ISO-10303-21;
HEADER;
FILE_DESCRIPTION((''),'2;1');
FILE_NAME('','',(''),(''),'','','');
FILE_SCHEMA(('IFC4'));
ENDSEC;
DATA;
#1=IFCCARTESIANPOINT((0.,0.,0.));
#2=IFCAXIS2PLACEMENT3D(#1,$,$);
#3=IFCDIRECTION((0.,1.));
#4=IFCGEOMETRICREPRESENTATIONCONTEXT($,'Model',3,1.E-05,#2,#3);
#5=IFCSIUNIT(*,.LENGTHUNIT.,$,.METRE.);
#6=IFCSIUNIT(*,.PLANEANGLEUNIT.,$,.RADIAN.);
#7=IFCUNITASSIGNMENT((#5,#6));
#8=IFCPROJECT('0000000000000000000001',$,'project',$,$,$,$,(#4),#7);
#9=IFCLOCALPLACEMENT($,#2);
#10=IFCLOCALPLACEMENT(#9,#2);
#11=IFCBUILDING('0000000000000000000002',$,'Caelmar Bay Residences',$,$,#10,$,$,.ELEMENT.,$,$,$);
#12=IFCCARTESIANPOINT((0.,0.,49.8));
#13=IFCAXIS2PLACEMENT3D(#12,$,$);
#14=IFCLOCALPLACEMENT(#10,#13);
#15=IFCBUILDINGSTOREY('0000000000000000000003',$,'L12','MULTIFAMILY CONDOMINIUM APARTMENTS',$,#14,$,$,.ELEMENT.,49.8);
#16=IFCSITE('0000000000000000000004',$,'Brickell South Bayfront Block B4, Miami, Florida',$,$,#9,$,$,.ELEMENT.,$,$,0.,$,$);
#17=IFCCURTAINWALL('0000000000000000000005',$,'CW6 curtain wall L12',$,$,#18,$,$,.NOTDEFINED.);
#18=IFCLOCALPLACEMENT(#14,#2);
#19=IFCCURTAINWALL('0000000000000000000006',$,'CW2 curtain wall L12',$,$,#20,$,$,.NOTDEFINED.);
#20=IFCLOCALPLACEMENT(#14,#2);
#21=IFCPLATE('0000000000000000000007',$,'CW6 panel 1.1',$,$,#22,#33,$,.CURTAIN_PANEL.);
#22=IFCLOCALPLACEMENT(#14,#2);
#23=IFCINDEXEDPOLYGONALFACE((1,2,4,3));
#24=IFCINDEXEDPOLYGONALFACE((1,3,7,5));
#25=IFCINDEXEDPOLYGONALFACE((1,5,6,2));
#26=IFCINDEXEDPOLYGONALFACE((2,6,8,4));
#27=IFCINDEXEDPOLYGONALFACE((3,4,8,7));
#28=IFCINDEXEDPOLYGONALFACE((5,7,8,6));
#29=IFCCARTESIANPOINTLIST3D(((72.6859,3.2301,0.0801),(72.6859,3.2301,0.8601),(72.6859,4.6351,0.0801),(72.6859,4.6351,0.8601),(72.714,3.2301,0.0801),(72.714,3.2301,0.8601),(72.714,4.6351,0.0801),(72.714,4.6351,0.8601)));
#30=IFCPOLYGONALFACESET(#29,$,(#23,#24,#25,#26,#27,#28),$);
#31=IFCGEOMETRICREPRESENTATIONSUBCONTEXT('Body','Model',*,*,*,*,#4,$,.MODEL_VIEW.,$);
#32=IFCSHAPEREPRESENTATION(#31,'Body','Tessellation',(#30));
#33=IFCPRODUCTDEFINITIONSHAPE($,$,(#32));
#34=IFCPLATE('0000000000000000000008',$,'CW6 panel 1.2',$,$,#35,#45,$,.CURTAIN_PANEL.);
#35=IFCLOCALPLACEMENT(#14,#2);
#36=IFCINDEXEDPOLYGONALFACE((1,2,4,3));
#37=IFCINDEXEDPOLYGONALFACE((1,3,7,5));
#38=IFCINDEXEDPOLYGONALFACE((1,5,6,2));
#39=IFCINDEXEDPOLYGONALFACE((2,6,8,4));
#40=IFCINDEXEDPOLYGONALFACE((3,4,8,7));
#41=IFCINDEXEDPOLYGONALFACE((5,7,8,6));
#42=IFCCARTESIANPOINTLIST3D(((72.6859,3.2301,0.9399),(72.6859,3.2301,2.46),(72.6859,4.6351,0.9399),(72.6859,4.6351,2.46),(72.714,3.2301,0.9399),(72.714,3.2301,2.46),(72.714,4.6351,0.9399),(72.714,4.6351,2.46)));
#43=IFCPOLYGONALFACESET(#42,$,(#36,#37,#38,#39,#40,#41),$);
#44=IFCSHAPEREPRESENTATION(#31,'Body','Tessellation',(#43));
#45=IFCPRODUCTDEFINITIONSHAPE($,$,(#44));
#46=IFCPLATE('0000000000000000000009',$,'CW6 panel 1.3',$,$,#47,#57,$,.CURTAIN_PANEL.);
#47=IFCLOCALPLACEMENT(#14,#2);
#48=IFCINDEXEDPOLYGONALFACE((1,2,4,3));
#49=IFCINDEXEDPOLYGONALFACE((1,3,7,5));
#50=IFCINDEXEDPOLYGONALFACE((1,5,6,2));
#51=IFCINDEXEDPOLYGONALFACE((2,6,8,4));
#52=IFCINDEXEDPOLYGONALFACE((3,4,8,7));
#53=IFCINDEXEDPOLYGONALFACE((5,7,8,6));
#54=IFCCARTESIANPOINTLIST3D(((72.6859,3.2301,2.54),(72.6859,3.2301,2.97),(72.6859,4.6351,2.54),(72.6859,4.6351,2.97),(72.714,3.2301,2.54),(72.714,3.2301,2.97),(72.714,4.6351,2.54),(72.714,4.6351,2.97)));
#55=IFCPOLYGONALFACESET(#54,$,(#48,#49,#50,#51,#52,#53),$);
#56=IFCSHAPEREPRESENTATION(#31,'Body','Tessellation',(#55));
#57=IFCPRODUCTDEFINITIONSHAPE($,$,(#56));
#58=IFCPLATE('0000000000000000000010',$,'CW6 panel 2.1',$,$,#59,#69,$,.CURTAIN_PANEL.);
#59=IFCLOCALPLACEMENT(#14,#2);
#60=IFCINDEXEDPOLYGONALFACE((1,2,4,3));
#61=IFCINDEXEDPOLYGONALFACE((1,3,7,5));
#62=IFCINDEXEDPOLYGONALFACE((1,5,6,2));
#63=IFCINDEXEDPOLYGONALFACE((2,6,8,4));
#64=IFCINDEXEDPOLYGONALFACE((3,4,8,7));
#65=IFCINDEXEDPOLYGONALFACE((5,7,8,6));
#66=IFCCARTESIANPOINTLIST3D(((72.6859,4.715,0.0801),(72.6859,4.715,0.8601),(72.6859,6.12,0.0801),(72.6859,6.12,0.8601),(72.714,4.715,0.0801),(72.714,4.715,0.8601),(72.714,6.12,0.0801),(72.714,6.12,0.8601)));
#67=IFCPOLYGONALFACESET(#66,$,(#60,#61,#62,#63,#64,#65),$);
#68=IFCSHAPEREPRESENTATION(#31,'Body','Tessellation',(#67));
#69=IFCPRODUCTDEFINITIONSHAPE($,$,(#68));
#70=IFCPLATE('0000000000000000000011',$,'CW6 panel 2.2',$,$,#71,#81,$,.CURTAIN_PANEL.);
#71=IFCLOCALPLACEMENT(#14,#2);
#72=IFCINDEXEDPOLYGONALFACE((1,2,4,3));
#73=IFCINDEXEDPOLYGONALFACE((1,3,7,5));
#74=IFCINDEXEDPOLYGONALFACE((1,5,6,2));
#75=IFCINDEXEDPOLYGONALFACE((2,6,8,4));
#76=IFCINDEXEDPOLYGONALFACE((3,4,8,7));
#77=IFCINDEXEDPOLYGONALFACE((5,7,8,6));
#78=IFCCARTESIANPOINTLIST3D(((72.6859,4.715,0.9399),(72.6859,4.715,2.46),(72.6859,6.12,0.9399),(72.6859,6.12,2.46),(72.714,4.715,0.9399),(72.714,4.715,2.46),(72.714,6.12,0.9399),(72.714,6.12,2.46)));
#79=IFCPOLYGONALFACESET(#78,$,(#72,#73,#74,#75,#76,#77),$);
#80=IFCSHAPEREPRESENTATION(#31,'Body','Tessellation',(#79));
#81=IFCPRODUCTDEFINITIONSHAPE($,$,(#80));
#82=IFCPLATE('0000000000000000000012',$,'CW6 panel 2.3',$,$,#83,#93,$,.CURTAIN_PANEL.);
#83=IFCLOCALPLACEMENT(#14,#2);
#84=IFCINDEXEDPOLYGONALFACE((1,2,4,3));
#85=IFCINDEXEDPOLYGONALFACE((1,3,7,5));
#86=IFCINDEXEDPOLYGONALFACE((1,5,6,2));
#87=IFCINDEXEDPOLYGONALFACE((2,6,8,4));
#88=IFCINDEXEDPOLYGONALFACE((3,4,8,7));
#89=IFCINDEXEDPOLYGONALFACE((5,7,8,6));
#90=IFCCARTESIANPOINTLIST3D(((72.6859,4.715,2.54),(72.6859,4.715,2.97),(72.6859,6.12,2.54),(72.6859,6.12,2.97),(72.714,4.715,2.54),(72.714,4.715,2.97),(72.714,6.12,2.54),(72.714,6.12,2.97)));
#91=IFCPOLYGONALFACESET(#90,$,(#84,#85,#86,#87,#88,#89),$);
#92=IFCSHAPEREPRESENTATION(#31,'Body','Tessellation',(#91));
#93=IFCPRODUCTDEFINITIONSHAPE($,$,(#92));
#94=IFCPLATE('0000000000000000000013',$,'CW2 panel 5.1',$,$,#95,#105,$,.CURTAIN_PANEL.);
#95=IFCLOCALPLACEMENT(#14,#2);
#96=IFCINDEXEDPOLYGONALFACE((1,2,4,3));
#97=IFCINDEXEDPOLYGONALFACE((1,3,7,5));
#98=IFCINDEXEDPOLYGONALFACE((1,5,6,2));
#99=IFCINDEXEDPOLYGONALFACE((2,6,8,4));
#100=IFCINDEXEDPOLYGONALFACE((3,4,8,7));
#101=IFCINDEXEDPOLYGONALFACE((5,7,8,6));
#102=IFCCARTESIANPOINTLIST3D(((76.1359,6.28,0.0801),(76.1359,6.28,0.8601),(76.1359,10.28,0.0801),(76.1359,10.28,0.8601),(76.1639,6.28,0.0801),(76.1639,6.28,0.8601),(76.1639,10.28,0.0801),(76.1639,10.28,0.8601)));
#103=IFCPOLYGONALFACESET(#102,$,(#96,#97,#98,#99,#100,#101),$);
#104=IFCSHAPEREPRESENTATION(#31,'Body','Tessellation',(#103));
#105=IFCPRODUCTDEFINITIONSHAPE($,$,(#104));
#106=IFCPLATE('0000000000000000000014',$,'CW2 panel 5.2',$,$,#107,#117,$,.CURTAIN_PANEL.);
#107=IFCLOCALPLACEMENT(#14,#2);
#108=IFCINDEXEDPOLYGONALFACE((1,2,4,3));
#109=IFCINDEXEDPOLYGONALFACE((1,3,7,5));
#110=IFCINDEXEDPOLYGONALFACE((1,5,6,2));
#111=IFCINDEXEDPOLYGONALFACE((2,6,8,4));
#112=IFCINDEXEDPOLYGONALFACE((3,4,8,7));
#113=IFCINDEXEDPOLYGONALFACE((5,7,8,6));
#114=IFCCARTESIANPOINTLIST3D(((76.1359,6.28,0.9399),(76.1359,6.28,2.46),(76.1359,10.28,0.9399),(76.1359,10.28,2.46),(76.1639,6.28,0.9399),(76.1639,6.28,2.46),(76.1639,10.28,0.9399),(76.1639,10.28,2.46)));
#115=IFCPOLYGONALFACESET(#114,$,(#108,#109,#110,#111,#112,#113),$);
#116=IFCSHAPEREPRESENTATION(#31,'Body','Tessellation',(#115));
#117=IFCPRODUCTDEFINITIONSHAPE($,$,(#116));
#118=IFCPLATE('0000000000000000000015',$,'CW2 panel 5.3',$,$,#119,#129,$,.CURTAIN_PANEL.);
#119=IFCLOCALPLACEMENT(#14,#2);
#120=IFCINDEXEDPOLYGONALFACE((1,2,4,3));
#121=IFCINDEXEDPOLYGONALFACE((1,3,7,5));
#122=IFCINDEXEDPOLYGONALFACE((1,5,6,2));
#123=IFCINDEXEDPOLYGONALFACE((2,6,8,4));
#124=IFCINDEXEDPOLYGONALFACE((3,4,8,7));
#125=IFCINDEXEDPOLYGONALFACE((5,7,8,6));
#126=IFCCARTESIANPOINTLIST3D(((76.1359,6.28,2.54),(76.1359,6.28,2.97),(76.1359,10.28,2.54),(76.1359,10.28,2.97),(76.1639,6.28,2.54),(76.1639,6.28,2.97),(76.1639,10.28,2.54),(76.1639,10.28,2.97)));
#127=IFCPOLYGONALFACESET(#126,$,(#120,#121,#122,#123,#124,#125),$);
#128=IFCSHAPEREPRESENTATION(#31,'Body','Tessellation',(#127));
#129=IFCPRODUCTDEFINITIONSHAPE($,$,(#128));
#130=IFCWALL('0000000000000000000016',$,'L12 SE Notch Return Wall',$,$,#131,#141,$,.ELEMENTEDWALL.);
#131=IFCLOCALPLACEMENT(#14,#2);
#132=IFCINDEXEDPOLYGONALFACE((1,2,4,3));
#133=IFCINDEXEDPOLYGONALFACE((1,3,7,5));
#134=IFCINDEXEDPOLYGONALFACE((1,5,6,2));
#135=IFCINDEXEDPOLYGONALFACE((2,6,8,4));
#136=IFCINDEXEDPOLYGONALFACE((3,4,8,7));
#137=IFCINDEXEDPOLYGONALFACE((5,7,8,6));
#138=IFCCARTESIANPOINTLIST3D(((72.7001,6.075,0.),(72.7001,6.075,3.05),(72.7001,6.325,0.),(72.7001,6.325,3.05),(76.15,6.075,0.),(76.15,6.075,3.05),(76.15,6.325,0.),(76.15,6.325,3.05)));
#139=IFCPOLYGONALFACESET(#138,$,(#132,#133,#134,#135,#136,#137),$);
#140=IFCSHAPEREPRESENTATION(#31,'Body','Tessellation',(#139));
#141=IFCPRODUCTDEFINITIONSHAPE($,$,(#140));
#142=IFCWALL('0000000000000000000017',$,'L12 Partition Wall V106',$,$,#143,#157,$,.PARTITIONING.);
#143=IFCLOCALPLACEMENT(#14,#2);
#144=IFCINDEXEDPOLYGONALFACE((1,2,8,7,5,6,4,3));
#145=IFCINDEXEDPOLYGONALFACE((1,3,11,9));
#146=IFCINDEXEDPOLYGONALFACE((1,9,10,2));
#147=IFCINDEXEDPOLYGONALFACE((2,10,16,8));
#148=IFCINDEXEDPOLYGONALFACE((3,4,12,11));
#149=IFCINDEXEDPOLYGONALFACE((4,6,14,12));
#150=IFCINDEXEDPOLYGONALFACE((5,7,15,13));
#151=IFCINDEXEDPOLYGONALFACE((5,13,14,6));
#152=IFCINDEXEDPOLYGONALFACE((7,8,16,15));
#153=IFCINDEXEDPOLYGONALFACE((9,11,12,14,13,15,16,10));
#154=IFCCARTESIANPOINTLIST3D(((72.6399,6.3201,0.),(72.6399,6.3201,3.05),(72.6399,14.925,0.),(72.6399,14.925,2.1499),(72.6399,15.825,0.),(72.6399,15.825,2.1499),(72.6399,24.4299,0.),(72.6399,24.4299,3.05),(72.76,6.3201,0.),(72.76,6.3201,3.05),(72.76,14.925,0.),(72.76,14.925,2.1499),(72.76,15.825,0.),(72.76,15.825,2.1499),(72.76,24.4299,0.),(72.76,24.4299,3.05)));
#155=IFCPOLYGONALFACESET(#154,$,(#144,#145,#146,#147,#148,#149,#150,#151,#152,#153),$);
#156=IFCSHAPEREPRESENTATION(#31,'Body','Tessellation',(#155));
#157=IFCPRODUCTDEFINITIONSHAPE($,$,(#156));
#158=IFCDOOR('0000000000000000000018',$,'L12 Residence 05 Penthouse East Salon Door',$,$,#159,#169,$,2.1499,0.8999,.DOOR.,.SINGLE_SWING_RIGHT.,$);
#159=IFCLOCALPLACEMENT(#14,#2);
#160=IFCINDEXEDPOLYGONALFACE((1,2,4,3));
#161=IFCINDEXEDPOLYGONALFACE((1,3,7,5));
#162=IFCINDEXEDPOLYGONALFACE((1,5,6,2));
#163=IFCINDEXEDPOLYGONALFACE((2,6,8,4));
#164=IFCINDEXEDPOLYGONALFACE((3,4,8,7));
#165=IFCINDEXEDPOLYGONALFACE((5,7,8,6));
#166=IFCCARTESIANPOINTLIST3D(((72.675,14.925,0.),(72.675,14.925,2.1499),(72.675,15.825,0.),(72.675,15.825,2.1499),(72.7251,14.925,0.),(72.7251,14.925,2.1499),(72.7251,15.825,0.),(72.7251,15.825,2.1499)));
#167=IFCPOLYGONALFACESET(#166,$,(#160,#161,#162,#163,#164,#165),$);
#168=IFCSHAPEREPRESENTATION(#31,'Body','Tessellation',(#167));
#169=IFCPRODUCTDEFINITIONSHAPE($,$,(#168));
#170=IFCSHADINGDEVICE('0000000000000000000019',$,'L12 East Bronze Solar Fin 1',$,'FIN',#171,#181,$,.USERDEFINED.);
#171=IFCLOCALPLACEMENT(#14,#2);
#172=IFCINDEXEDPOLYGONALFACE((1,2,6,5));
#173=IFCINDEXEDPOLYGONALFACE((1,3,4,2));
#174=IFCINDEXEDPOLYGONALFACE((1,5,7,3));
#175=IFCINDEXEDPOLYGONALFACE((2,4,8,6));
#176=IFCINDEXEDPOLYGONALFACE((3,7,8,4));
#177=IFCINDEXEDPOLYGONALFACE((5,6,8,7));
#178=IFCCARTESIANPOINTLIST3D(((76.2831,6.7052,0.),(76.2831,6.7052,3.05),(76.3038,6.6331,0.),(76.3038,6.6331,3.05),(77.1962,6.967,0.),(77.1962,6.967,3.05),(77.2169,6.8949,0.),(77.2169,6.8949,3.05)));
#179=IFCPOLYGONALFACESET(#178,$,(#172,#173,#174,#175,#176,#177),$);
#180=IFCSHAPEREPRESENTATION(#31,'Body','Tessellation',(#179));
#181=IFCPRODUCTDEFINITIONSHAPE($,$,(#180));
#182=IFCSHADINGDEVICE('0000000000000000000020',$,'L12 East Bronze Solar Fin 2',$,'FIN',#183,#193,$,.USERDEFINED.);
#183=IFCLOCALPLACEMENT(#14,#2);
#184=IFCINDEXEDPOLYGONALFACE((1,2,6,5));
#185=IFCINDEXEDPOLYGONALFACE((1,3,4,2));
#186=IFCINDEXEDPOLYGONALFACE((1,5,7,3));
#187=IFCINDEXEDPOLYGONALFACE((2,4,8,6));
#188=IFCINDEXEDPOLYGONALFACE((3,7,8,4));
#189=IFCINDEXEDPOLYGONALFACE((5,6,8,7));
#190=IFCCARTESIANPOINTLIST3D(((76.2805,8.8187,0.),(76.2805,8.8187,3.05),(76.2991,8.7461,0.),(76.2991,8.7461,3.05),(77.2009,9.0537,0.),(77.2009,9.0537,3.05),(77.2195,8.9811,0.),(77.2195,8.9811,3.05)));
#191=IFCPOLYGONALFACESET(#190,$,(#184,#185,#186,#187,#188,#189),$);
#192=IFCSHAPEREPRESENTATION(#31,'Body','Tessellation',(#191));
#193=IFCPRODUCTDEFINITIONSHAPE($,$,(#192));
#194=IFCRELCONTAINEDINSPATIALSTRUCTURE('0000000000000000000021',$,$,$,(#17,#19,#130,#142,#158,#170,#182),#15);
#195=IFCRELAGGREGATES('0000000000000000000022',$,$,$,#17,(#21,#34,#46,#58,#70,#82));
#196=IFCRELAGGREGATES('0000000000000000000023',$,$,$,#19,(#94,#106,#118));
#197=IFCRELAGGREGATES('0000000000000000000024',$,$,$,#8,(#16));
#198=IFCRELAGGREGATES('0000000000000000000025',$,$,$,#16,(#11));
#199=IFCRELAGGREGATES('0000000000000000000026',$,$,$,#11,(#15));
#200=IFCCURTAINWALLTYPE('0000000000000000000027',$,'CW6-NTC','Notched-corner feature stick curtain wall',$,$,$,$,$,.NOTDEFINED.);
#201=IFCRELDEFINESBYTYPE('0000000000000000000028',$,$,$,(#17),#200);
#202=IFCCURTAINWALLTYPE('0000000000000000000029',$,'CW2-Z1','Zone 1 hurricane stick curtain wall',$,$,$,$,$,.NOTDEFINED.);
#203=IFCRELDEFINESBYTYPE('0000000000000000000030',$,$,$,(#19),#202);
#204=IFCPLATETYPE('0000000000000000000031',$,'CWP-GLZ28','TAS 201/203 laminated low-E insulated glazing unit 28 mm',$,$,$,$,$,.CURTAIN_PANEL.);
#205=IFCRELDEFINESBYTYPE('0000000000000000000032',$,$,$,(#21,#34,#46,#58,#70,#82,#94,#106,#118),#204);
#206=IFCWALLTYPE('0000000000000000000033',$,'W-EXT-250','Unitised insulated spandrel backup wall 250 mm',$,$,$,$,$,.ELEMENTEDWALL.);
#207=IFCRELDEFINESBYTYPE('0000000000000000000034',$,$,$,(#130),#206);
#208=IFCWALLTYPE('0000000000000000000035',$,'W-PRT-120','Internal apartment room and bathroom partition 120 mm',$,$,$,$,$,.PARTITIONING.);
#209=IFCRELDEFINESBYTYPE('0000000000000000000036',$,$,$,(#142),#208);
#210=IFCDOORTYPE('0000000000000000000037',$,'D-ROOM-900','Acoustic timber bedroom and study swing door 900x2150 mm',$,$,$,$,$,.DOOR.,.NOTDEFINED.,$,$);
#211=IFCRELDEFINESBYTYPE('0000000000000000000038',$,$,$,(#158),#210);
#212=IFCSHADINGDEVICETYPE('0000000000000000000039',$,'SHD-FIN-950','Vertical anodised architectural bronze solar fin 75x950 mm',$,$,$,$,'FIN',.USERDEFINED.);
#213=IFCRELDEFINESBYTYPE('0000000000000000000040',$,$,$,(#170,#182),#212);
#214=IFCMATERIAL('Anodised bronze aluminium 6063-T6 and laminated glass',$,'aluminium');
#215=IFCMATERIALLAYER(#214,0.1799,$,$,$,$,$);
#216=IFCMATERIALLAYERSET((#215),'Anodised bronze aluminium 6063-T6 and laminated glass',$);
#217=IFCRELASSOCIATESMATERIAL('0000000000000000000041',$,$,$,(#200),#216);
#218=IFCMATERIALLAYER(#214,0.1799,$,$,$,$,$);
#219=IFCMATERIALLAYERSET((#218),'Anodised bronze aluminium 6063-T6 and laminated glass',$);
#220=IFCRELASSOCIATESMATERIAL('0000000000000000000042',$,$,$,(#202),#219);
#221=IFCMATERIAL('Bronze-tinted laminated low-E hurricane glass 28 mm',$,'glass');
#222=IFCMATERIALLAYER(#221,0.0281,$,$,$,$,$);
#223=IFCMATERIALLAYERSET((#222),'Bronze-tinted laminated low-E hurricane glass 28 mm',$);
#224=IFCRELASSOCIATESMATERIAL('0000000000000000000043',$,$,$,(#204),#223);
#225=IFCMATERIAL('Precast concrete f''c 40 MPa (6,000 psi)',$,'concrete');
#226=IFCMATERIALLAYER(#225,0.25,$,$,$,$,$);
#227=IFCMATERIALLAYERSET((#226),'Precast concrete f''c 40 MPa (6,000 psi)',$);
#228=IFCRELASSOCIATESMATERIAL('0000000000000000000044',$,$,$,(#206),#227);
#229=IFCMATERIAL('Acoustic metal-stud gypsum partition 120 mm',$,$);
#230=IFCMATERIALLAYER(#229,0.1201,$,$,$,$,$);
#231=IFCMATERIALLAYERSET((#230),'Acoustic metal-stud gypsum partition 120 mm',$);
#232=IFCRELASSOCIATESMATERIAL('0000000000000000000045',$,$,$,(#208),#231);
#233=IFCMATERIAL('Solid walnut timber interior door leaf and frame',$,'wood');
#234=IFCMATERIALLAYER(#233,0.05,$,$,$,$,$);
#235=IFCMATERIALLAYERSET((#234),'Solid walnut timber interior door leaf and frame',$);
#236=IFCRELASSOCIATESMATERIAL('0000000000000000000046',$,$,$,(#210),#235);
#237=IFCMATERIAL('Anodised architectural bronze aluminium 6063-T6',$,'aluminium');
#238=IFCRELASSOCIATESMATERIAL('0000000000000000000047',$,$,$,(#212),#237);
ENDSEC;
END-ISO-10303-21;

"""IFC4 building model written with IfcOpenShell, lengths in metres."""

from ifc_helpers import new_model, si_unit, direction, frame, frame_2d, origin, origin_2d, place, context, subcontext, project, spatial, rectangle, extrude, material, layer, layer_set, material_profile, profile_set, type_object, element, fill, aggregate, save


model = new_model("IFC4")

# Units and contexts
model_context = context("Model", 3, precision=1e-05, world=origin(), true_north=direction((0.0, 1.0)))
body_context = subcontext(model_context, "Body", "Model", "MODEL_VIEW")
ifc_project = project(units=[si_unit("LENGTHUNIT", "METRE"), si_unit("PLANEANGLEUNIT", "RADIAN")], contexts=[model_context])

# Site, building, storey
site_placement = place(None, origin())
site = spatial("IfcSite", under=ifc_project, at=site_placement, Name="Brickell South Bayfront Block B4, Miami, Florida", CompositionType="ELEMENT", RefElevation=0.0)
building_placement = place(site_placement, origin())
building = spatial("IfcBuilding", under=site, at=building_placement, Name="Caelmar Bay Residences", CompositionType="ELEMENT")
storey_placement = place(building_placement, frame((0.0, 0.0, 49.8)))
storey = spatial("IfcBuildingStorey", under=building, at=storey_placement, Name="L12", Description="MULTIFAMILY CONDOMINIUM APARTMENTS", CompositionType="ELEMENT", Elevation=49.8)

# Curtain walls
ifc_material_1 = material(Name="Anodised bronze aluminium 6063-T6 and laminated glass", Category="aluminium")
ifc_layer_1 = layer(ifc_material_1, 0.1799)
ifc_layer_set_1 = layer_set([ifc_layer_1], Name="Anodised bronze aluminium 6063-T6 and laminated glass")
curtain_wall_type_1 = type_object("IfcCurtainWallType", Name="CW6-NTC", Description="Notched-corner feature stick curtain wall", PredefinedType="NOTDEFINED", material=ifc_layer_set_1)
curtain_wall_1_placement = place(storey_placement, origin())
curtain_wall_1 = element("IfcCurtainWall", 1, at=curtain_wall_1_placement, inside=storey, type_object=curtain_wall_type_1, Name="CW6 curtain wall L12", PredefinedType="NOTDEFINED")
ifc_layer_2 = layer(ifc_material_1, 0.1799)
ifc_layer_set_2 = layer_set([ifc_layer_2], Name="Anodised bronze aluminium 6063-T6 and laminated glass")
curtain_wall_type_2 = type_object("IfcCurtainWallType", Name="CW2-Z1", Description="Zone 1 hurricane stick curtain wall", PredefinedType="NOTDEFINED", material=ifc_layer_set_2)
curtain_wall_2_placement = place(storey_placement, origin())
curtain_wall_2 = element("IfcCurtainWall", 2, at=curtain_wall_2_placement, inside=storey, type_object=curtain_wall_type_2, Name="CW2 curtain wall L12", PredefinedType="NOTDEFINED")

# Plates
ifc_material_2 = material(Name="Bronze-tinted laminated low-E hurricane glass 28 mm", Category="glass")
ifc_layer_3 = layer(ifc_material_2, 0.0281)
ifc_layer_set_3 = layer_set([ifc_layer_3], Name="Bronze-tinted laminated low-E hurricane glass 28 mm")
plate_type = type_object("IfcPlateType", Name="CWP-GLZ28", Description="TAS 201/203 laminated low-E insulated glazing unit 28 mm", PredefinedType="CURTAIN_PANEL", material=ifc_layer_set_3)
plate_1_placement = place(storey_placement, frame((72.7, 3.9326, 0.0801), z_axis=(0.0, 0.0, 1.0), x_axis=(0.0, 1.0, 0.0)))
plate_1 = element("IfcPlate", 3, at=plate_1_placement, type_object=plate_type, Name="CW6 panel 1.1", PredefinedType="CURTAIN_PANEL", context=body_context, shape_type="SweptSolid", body=[
    extrude(rectangle(XDim=1.405, YDim=0.0281, at=origin_2d()), origin(), (0.0, 0.0, 1.0), 0.78),
])
plate_2_placement = place(storey_placement, frame((72.7, 3.9326, 0.9399), z_axis=(0.0, 0.0, 1.0), x_axis=(0.0, 1.0, 0.0)))
plate_2 = element("IfcPlate", 4, at=plate_2_placement, type_object=plate_type, Name="CW6 panel 1.2", PredefinedType="CURTAIN_PANEL", context=body_context, shape_type="SweptSolid", body=[
    extrude(rectangle(XDim=1.405, YDim=0.0281, at=origin_2d()), origin(), (0.0, 0.0, 1.0), 1.52),
])
plate_3_placement = place(storey_placement, frame((72.7, 3.9326, 2.54), z_axis=(0.0, 0.0, 1.0), x_axis=(0.0, 1.0, 0.0)))
plate_3 = element("IfcPlate", 5, at=plate_3_placement, type_object=plate_type, Name="CW6 panel 1.3", PredefinedType="CURTAIN_PANEL", context=body_context, shape_type="SweptSolid", body=[
    extrude(rectangle(XDim=1.405, YDim=0.0281, at=origin_2d()), origin(), (0.0, 0.0, 1.0), 0.4299),
])
plate_4_placement = place(storey_placement, frame((72.7, 5.4175, 0.0801), z_axis=(0.0, 0.0, 1.0), x_axis=(0.0, 1.0, 0.0)))
plate_4 = element("IfcPlate", 6, at=plate_4_placement, type_object=plate_type, Name="CW6 panel 2.1", PredefinedType="CURTAIN_PANEL", context=body_context, shape_type="SweptSolid", body=[
    extrude(rectangle(XDim=1.405, YDim=0.0281, at=origin_2d()), origin(), (0.0, 0.0, 1.0), 0.78),
])
plate_5_placement = place(storey_placement, frame((72.7, 5.4175, 0.9399), z_axis=(0.0, 0.0, 1.0), x_axis=(0.0, 1.0, 0.0)))
plate_5 = element("IfcPlate", 7, at=plate_5_placement, type_object=plate_type, Name="CW6 panel 2.2", PredefinedType="CURTAIN_PANEL", context=body_context, shape_type="SweptSolid", body=[
    extrude(rectangle(XDim=1.405, YDim=0.0281, at=origin_2d()), origin(), (0.0, 0.0, 1.0), 1.52),
])
plate_6_placement = place(storey_placement, frame((72.7, 5.4175, 2.54), z_axis=(0.0, 0.0, 1.0), x_axis=(0.0, 1.0, 0.0)))
plate_6 = element("IfcPlate", 8, at=plate_6_placement, type_object=plate_type, Name="CW6 panel 2.3", PredefinedType="CURTAIN_PANEL", context=body_context, shape_type="SweptSolid", body=[
    extrude(rectangle(XDim=1.405, YDim=0.0281, at=origin_2d()), origin(), (0.0, 0.0, 1.0), 0.4299),
])
aggregate(curtain_wall_1, [plate_1, plate_2, plate_3, plate_4, plate_5, plate_6])
plate_7_placement = place(storey_placement, frame((76.1499, 8.28, 0.0801), z_axis=(0.0, 0.0, 1.0), x_axis=(0.0, -1.0, 0.0)))
plate_7 = element("IfcPlate", 9, at=plate_7_placement, type_object=plate_type, Name="CW2 panel 5.1", PredefinedType="CURTAIN_PANEL", context=body_context, shape_type="SweptSolid", body=[
    extrude(rectangle(XDim=4.0, YDim=0.0281, at=origin_2d()), origin(), (0.0, 0.0, 1.0), 0.78),
])
plate_8_placement = place(storey_placement, frame((76.1499, 8.28, 0.9399), z_axis=(0.0, 0.0, 1.0), x_axis=(0.0, -1.0, 0.0)))
plate_8 = element("IfcPlate", 10, at=plate_8_placement, type_object=plate_type, Name="CW2 panel 5.2", PredefinedType="CURTAIN_PANEL", context=body_context, shape_type="SweptSolid", body=[
    extrude(rectangle(XDim=4.0, YDim=0.0281, at=origin_2d()), origin(), (0.0, 0.0, 1.0), 1.52),
])
plate_9_placement = place(storey_placement, frame((76.1499, 8.28, 2.54), z_axis=(0.0, 0.0, 1.0), x_axis=(0.0, -1.0, 0.0)))
plate_9 = element("IfcPlate", 11, at=plate_9_placement, type_object=plate_type, Name="CW2 panel 5.3", PredefinedType="CURTAIN_PANEL", context=body_context, shape_type="SweptSolid", body=[
    extrude(rectangle(XDim=4.0, YDim=0.0281, at=origin_2d()), origin(), (0.0, 0.0, 1.0), 0.4299),
])
aggregate(curtain_wall_2, [plate_7, plate_8, plate_9])

# Wall
ifc_material_3 = material(Name="Precast concrete f'c 40 MPa (6,000 psi)", Category="concrete")
ifc_layer_4 = layer(ifc_material_3, 0.25)
ifc_layer_set_4 = layer_set([ifc_layer_4], Name="Precast concrete f'c 40 MPa (6,000 psi)")
wall_type_1 = type_object("IfcWallType", Name="W-EXT-250", Description="Unitised insulated spandrel backup wall 250 mm", PredefinedType="ELEMENTEDWALL", material=ifc_layer_set_4)
wall_1_placement = place(storey_placement, frame((72.7, 6.2, 0.0), z_axis=(0.0, 0.0, 1.0), x_axis=(1.0, 0.0, 0.0)))
element("IfcWall", 12, at=wall_1_placement, inside=storey, type_object=wall_type_1, Name="L12 SE Notch Return Wall", PredefinedType="ELEMENTEDWALL", context=body_context, shape_type="SweptSolid", body=[
    extrude(rectangle(XDim=3.45, YDim=0.25, at=frame_2d((1.7251, 0.0))), origin(), (0.0, 0.0, 1.0), 3.05),
])

# Wall, opening, door
ifc_material_4 = material(Name="Acoustic metal-stud gypsum partition 120 mm")
ifc_layer_5 = layer(ifc_material_4, 0.1201)
ifc_layer_set_5 = layer_set([ifc_layer_5], Name="Acoustic metal-stud gypsum partition 120 mm")
wall_type_2 = type_object("IfcWallType", Name="W-PRT-120", Description="Internal apartment room and bathroom partition 120 mm", PredefinedType="PARTITIONING", material=ifc_layer_set_5)
wall_2_placement = place(storey_placement, frame((72.7, 6.3201, 0.0), z_axis=(0.0, 0.0, 1.0), x_axis=(0.0, 1.0, 0.0)))
wall_2 = element("IfcWall", 13, at=wall_2_placement, inside=storey, type_object=wall_type_2, Name="L12 Partition Wall V106", PredefinedType="PARTITIONING", context=body_context, shape_type="SweptSolid", body=[
    extrude(rectangle(XDim=18.1099, YDim=0.1201, at=frame_2d((9.0549, 0.0))), origin(), (0.0, 0.0, 1.0), 3.05),
])
opening_placement = place(wall_2_placement, frame((8.605, 0.0, 0.0)))
opening = element("IfcOpeningElement", 14, at=opening_placement, cuts=wall_2, PredefinedType="OPENING", context=body_context, shape_type="SweptSolid", body=[
    extrude(rectangle(XDim=0.8999, YDim=2.1499, at=frame_2d((0.45, 1.075))), frame((0.0, 0.0701, 0.0), z_axis=(0.0, -1.0, 0.0), x_axis=(1.0, 0.0, 0.0)), (0.0, 0.0, 1.0), 0.1401),
])
ifc_material_5 = material(Name="Solid walnut timber interior door leaf and frame", Category="wood")
ifc_layer_6 = layer(ifc_material_5, 0.05)
ifc_layer_set_6 = layer_set([ifc_layer_6], Name="Solid walnut timber interior door leaf and frame")
door_type = type_object("IfcDoorType", Name="D-ROOM-900", Description="Acoustic timber bedroom and study swing door 900x2150 mm", OperationType="NOTDEFINED", PredefinedType="DOOR", material=ifc_layer_set_6)
door_placement = place(opening_placement, origin())
door = element("IfcDoor", 15, at=door_placement, inside=storey, type_object=door_type, Name="L12 Residence 05 Penthouse East Salon Door", OperationType="SINGLE_SWING_RIGHT", OverallHeight=2.1499, OverallWidth=0.8999, PredefinedType="DOOR", context=body_context, shape_type="SweptSolid", body=[
    extrude(rectangle(XDim=0.8999, YDim=2.1499, at=frame_2d((0.45, 1.075))), frame((0.0, 0.0249, 0.0), z_axis=(0.0, -1.0, 0.0), x_axis=(1.0, 0.0, 0.0)), (0.0, 0.0, 1.0), 0.05),
])
fill(opening, door)

# Shading devices
ifc_material_6 = material(Name="Anodised architectural bronze aluminium 6063-T6", Category="aluminium")
ifc_material_profile_1 = material_profile(ifc_material_6, rectangle(XDim=0.075, YDim=0.95, at=origin_2d()), Name="BRONZE-FIN-75X950")
ifc_profile_set_1 = profile_set([ifc_material_profile_1], Name="Anodised architectural bronze aluminium 6063-T6")
shading_device_type = type_object("IfcShadingDeviceType", Name="SHD-FIN-950", Description="Vertical anodised architectural bronze solar fin 75x950 mm", ElementType="FIN", PredefinedType="USERDEFINED", material=ifc_profile_set_1)
for number, where, z_axis, x_axis, name in (
    (16, (76.75, 6.8, 0.0), (0.0, 0.0, 1.0), (-0.275637, 0.961262, 0.0), "L12 East Bronze Solar Fin 1"),
    (17, (76.75, 8.8999, 0.0), (0.0, 0.0, 1.0), (-0.247337, 0.968929, 0.0), "L12 East Bronze Solar Fin 2"),
):
    element("IfcShadingDevice", number, at=place(storey_placement, frame(where, z_axis=z_axis, x_axis=x_axis)), inside=storey, type_object=shading_device_type, Name=name, ObjectType="FIN", PredefinedType="USERDEFINED", context=body_context, shape_type="SweptSolid", body=[
        extrude(rectangle(XDim=0.075, YDim=0.95, at=origin_2d()), origin(), (0.0, 0.0, 1.0), 3.05),
    ])

save(model, "model.ifc")
